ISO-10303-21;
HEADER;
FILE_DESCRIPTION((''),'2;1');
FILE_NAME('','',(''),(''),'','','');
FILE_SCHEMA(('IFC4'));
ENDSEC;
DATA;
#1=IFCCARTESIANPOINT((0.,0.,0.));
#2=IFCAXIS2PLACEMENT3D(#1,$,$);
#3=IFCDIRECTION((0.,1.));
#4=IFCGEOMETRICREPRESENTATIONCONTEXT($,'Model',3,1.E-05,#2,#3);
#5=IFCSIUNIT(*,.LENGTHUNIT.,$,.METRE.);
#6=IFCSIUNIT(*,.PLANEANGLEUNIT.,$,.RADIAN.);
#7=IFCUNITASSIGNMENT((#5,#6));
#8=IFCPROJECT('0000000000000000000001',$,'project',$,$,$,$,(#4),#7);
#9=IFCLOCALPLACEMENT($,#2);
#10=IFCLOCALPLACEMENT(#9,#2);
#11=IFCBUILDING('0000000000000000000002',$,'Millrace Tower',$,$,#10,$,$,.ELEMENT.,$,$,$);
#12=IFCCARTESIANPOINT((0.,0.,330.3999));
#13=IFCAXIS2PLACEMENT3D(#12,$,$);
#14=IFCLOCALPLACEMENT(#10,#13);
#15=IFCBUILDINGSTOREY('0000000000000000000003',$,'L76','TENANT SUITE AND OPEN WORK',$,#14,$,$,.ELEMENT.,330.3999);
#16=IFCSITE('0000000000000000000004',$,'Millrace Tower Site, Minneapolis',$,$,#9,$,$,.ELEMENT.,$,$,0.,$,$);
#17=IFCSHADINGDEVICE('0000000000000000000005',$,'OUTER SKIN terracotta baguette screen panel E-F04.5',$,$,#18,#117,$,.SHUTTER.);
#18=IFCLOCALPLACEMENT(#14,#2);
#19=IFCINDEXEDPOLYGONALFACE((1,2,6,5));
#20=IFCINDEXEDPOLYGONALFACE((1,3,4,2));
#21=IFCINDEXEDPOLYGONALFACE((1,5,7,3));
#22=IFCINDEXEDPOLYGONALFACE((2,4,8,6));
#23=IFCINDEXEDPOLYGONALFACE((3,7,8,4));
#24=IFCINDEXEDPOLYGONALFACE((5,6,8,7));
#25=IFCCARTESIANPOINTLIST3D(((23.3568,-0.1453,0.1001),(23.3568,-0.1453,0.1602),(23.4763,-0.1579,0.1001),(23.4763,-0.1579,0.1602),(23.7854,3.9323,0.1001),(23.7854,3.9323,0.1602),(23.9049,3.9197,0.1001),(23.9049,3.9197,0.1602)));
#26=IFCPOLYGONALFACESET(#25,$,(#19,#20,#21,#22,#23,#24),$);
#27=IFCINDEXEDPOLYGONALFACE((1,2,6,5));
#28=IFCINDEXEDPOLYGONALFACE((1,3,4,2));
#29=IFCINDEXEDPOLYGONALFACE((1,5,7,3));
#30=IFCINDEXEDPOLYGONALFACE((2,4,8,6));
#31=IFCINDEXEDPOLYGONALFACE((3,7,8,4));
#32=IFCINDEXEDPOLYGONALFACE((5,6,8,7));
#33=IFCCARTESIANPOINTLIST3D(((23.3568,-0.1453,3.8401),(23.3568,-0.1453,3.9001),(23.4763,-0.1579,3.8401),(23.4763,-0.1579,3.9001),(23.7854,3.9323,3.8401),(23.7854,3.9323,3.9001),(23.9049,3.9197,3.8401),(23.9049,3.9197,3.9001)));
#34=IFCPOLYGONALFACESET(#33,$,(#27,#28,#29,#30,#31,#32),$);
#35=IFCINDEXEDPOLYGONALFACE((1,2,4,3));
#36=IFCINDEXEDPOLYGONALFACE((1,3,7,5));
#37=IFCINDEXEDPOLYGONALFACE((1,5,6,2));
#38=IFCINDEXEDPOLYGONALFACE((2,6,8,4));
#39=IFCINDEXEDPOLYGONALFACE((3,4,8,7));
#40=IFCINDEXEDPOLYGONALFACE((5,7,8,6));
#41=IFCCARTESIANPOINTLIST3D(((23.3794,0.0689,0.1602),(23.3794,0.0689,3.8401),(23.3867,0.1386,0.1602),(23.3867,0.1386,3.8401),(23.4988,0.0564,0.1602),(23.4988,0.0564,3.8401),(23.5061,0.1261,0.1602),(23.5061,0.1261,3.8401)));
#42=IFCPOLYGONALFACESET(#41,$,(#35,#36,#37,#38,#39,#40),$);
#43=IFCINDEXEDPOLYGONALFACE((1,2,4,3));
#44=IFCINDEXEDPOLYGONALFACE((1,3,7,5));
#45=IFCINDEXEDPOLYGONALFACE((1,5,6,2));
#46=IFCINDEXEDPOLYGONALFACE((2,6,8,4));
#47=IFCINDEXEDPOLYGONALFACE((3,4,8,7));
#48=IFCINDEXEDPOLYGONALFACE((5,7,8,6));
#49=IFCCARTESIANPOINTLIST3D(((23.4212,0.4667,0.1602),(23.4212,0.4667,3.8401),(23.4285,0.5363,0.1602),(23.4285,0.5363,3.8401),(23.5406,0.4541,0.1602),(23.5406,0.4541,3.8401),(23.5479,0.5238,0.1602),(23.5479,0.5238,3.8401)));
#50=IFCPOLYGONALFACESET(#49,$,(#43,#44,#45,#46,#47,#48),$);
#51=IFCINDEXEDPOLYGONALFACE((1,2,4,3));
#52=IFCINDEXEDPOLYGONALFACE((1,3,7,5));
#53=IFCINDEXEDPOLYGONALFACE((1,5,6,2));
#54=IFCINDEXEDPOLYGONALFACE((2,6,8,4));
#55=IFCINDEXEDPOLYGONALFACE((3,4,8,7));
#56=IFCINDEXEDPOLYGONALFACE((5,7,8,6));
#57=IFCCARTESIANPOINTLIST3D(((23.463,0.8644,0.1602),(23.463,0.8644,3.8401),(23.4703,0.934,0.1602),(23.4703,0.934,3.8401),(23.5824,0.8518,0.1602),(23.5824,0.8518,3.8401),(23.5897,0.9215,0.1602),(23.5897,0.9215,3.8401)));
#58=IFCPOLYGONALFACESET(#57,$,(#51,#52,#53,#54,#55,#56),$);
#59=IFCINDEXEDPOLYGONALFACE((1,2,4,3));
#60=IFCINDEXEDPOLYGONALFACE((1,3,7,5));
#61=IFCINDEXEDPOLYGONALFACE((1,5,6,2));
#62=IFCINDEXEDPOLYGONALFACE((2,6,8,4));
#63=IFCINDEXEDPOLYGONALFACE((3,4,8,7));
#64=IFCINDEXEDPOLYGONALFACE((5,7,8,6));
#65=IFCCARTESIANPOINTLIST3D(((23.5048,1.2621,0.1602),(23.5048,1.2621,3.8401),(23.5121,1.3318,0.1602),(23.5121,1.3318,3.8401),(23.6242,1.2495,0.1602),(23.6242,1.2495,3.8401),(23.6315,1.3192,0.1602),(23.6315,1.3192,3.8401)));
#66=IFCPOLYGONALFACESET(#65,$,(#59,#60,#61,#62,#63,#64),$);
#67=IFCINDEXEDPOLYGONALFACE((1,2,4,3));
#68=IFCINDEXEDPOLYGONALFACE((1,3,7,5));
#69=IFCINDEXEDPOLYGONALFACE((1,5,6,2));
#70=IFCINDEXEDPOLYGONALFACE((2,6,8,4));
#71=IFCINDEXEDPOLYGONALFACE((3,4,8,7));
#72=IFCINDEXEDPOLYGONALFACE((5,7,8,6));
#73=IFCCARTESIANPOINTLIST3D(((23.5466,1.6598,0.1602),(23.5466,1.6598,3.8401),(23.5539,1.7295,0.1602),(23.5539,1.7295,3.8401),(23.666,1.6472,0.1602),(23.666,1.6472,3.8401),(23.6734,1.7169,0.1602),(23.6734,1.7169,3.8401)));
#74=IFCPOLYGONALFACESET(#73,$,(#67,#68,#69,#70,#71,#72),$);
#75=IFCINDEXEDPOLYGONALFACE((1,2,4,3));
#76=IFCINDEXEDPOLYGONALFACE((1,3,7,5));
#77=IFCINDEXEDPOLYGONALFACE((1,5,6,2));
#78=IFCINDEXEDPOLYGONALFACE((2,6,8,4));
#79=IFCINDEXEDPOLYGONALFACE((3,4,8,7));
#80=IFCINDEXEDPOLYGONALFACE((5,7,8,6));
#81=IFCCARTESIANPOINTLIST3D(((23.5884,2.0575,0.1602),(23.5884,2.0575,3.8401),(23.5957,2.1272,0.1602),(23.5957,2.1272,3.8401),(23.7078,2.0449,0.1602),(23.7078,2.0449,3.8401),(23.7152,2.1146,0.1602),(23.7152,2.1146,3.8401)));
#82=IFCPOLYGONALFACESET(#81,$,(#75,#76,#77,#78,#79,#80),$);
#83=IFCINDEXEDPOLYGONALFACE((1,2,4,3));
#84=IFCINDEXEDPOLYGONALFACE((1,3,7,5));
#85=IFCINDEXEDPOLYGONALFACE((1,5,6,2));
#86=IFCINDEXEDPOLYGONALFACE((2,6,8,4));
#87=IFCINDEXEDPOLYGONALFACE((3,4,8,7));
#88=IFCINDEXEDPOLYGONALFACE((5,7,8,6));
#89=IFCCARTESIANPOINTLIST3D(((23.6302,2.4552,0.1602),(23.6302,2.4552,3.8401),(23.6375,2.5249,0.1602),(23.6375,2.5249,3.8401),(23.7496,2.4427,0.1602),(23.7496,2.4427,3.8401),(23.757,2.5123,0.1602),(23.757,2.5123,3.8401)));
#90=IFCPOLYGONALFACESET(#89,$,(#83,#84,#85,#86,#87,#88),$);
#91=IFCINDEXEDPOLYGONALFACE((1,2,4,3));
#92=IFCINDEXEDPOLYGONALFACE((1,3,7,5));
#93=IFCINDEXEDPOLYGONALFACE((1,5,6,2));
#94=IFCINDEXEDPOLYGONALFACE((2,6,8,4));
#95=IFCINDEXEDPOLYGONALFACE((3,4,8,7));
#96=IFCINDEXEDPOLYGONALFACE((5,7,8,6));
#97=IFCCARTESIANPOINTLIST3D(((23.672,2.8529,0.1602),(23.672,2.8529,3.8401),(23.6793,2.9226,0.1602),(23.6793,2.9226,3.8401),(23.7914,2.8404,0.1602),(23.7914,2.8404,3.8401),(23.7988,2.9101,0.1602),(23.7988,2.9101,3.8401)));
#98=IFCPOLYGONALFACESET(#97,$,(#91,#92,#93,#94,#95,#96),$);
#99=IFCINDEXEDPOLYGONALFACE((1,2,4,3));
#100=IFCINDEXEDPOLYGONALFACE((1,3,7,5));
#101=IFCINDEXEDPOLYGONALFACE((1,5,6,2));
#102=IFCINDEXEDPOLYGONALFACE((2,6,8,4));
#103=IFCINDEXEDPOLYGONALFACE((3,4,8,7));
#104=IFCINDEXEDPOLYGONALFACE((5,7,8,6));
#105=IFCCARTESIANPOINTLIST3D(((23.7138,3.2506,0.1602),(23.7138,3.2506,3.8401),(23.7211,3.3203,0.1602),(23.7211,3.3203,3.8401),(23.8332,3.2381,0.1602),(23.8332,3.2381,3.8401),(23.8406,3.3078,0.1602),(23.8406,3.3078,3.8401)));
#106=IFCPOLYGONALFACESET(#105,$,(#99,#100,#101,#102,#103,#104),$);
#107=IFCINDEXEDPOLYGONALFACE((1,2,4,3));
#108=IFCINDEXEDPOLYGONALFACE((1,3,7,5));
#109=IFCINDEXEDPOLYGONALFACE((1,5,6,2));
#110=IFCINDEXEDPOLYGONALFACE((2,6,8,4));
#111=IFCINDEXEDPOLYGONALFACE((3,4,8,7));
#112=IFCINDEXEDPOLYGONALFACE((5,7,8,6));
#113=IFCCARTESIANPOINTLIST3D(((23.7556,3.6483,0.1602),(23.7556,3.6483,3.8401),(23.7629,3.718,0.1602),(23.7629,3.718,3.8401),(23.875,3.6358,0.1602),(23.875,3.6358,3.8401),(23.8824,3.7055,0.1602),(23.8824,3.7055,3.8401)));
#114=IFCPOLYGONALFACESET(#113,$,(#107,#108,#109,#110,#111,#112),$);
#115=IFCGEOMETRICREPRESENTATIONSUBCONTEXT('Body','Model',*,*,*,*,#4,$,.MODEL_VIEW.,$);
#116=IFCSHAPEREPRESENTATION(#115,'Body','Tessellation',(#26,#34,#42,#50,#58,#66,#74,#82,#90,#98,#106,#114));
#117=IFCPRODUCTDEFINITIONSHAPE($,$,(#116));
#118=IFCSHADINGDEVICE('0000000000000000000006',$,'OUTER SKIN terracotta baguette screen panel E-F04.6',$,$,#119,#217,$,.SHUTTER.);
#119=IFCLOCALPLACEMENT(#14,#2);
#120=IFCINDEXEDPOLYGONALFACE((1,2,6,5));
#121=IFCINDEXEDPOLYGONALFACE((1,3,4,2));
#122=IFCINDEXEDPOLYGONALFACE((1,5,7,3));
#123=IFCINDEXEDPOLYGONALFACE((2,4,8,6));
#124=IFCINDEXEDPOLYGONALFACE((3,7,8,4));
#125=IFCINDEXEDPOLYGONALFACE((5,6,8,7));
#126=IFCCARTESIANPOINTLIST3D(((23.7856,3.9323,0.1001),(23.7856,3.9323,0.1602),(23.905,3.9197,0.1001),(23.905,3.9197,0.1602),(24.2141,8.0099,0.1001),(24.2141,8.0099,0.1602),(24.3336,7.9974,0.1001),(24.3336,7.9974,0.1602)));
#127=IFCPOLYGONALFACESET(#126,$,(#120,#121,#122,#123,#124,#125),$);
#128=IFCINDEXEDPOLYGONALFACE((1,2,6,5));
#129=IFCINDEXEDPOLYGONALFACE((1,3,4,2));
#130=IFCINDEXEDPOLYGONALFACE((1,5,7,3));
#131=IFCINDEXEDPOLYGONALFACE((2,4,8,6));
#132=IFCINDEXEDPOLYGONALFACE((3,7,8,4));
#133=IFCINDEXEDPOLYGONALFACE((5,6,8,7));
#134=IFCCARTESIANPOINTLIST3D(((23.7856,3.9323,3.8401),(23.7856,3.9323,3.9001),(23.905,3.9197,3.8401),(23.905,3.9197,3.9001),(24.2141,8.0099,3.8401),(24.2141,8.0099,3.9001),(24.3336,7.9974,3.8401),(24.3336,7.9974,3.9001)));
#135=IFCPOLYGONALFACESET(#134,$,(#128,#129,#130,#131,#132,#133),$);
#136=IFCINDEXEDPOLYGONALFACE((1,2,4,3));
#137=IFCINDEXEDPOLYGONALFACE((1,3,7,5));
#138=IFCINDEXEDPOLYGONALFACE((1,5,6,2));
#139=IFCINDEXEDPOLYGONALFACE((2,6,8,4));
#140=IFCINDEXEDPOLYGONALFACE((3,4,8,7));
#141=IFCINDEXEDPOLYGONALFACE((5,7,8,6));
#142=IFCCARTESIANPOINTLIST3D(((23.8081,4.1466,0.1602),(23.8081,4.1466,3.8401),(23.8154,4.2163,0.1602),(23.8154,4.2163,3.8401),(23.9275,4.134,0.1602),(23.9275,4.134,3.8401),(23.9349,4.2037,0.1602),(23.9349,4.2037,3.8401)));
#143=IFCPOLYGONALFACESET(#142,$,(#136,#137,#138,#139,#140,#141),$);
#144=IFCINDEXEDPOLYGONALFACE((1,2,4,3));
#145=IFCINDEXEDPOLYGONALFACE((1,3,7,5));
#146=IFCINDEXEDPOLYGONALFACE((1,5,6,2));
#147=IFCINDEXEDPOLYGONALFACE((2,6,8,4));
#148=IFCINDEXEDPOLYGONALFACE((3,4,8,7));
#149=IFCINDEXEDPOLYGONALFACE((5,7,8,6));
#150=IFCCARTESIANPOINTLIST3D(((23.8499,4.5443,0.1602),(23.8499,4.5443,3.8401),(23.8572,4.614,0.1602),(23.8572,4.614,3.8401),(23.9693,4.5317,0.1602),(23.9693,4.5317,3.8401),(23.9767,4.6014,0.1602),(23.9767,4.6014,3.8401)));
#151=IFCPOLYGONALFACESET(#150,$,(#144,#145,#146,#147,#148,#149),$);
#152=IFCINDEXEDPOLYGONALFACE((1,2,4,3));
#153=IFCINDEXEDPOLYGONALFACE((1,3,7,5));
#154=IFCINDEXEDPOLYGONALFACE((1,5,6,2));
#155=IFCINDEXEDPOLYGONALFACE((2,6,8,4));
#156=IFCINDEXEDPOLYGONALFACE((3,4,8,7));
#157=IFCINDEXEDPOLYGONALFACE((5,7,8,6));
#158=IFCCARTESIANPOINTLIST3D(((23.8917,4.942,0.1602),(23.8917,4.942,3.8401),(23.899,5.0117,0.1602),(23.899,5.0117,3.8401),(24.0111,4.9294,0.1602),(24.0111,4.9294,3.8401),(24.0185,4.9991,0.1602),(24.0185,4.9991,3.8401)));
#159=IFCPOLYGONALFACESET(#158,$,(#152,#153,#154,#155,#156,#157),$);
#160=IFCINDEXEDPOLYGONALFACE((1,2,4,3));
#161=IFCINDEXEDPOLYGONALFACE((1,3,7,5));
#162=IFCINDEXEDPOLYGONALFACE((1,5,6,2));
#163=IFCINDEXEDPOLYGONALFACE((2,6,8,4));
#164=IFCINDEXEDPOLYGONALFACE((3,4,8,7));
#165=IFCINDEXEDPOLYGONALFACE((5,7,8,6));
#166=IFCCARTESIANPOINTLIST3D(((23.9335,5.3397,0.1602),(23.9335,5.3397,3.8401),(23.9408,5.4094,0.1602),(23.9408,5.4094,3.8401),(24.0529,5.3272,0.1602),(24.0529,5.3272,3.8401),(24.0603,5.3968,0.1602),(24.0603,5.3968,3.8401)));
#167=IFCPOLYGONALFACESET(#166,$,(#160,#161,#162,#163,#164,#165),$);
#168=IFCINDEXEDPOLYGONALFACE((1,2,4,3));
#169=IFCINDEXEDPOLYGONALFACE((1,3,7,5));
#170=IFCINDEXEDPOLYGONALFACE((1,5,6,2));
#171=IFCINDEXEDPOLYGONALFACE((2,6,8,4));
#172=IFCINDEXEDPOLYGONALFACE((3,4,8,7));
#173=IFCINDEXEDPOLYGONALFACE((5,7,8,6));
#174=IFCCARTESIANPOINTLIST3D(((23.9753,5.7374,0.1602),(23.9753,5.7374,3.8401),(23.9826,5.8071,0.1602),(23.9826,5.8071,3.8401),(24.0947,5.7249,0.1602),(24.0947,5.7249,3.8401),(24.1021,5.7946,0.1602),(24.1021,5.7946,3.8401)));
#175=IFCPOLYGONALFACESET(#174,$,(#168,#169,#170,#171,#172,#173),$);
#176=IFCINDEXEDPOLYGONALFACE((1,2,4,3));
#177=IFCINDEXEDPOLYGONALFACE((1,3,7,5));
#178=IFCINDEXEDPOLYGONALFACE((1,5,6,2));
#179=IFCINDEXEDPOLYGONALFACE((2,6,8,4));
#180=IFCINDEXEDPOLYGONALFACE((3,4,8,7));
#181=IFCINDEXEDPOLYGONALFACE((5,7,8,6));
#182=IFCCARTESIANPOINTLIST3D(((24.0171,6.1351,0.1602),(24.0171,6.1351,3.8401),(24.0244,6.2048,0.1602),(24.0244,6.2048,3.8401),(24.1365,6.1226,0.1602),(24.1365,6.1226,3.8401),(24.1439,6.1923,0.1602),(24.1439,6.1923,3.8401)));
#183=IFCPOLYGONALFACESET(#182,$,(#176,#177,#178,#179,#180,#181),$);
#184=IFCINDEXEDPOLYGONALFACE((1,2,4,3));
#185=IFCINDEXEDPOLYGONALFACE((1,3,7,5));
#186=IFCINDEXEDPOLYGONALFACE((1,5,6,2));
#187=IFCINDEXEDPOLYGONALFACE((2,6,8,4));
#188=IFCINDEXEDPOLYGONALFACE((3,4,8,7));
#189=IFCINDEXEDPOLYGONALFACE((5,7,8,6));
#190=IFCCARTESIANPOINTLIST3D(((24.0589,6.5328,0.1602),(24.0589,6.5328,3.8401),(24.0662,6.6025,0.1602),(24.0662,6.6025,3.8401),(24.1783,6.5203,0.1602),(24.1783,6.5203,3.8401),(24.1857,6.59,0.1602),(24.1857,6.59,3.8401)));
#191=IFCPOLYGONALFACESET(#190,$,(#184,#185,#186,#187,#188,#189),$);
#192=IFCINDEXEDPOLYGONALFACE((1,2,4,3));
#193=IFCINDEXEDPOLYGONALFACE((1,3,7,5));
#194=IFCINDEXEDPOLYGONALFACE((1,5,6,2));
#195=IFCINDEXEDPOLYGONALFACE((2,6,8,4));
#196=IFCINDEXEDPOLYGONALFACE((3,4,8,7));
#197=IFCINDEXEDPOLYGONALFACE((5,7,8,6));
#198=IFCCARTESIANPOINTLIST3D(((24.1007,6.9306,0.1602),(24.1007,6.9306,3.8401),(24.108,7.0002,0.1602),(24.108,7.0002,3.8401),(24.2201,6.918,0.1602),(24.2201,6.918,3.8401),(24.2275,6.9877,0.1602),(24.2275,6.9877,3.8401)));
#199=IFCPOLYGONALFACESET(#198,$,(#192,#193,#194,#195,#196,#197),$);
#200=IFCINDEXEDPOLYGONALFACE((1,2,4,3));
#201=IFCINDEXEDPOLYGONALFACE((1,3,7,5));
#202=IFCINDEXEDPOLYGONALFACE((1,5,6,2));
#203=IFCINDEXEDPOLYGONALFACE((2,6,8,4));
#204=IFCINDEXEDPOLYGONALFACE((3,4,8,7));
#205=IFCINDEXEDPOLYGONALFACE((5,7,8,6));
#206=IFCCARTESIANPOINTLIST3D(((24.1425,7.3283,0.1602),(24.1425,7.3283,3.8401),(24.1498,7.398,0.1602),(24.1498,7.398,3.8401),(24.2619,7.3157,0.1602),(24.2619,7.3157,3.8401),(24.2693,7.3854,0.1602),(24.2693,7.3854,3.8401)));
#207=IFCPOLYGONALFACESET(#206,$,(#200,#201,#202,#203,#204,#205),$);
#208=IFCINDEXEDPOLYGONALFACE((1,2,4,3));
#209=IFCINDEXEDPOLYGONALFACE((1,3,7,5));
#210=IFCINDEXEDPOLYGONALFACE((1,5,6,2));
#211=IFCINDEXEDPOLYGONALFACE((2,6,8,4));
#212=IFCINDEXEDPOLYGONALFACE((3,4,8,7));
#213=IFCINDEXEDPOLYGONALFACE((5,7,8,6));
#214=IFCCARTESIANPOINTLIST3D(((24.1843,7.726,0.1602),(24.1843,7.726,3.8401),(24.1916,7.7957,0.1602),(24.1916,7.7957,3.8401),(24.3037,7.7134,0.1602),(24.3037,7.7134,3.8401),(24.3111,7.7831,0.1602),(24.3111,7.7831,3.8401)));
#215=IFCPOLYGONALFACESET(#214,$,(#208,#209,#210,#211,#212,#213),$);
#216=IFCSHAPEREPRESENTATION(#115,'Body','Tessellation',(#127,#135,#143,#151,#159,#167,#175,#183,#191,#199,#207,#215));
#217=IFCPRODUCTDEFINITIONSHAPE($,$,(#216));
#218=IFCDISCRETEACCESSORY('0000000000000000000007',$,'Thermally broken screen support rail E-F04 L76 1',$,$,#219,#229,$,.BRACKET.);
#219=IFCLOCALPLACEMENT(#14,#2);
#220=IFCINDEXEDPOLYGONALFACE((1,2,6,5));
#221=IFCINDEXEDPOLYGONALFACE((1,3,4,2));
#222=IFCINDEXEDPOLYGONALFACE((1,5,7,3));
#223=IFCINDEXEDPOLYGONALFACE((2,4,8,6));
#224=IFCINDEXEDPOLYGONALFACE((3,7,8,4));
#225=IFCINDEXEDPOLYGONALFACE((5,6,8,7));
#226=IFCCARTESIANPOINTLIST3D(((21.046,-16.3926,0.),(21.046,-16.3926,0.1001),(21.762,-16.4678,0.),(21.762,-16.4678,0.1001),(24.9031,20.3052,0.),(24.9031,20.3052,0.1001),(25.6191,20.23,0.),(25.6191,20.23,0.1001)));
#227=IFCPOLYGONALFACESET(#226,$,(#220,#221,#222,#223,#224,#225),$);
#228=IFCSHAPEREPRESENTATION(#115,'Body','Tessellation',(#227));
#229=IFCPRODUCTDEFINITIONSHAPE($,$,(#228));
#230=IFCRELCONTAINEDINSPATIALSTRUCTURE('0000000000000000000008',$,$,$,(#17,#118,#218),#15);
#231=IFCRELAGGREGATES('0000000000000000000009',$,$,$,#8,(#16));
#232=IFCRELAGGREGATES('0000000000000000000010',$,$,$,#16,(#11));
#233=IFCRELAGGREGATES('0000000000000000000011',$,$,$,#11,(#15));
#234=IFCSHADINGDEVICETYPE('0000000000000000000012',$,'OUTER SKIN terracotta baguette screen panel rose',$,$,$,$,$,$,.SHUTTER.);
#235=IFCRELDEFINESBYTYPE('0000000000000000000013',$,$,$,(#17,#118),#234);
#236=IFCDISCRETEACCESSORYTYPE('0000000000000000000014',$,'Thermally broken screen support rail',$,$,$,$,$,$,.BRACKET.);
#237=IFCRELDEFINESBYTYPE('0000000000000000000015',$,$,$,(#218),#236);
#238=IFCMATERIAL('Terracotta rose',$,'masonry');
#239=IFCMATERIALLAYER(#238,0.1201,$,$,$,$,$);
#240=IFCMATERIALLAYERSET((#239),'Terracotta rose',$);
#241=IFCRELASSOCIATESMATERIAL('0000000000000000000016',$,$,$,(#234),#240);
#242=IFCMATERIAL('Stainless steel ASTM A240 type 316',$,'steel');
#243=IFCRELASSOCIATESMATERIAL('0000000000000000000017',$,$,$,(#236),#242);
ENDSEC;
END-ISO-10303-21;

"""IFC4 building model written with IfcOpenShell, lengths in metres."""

from ifc_helpers import new_model, entity, si_unit, direction, frame, frame_2d, origin, origin_2d, place, context, subcontext, project, spatial, rectangle, extrude, source, transform, mapped, material, layer, layer_set, type_object, element, save


model = new_model("IFC4")

# Units and contexts
model_context = context("Model", 3, precision=1e-05, world=origin(), true_north=direction((0.0, 1.0)))
body_context = subcontext(model_context, "Body", "Model", "MODEL_VIEW")
ifc_project = project(units=[si_unit("LENGTHUNIT", "METRE"), si_unit("PLANEANGLEUNIT", "RADIAN")], contexts=[model_context])

# Site, building, storey
site_placement = place(None, origin())
site = spatial("IfcSite", under=ifc_project, at=site_placement, Name="Millrace Tower Site, Minneapolis", CompositionType="ELEMENT", RefElevation=0.0)
building_placement = place(site_placement, origin())
building = spatial("IfcBuilding", under=site, at=building_placement, Name="Millrace Tower", CompositionType="ELEMENT")
storey_placement = place(building_placement, frame((0.0, 0.0, 330.3999)))
storey = spatial("IfcBuildingStorey", under=building, at=storey_placement, Name="L76", Description="TENANT SUITE AND OPEN WORK", CompositionType="ELEMENT", Elevation=330.3999)

# Shading devices
ifc_material_1 = material(Name="Terracotta rose", Category="masonry")
ifc_layer_1 = layer(ifc_material_1, 0.1201)
ifc_layer_set_1 = layer_set([ifc_layer_1], Name="Terracotta rose")
shading_device_type = type_object("IfcShadingDeviceType", Name="OUTER SKIN terracotta baguette screen panel rose", PredefinedType="SHUTTER", material=ifc_layer_set_1)
cartesian_point = entity("IfcCartesianPoint", [-2.05, 0.0601])
shared_polyline = entity("IfcPolyline", [cartesian_point, entity("IfcCartesianPoint", [2.05, 0.0601]), entity("IfcCartesianPoint", [2.05, -0.0601]), entity("IfcCartesianPoint", [-2.05, -0.0601]), cartesian_point])
shared_shape = source(origin(), body_context, "Body", "SweptSolid", [
    entity("IfcExtrudedAreaSolid", entity("IfcArbitraryClosedProfileDef", "AREA", None, shared_polyline), entity("IfcAxis2Placement3D", entity("IfcCartesianPoint", [0.0, 0.0, 0.0])), entity("IfcDirection", [0.0, 0.0, 1.0]), 0.0601),
    entity("IfcExtrudedAreaSolid", entity("IfcArbitraryClosedProfileDef", "AREA", None, shared_polyline), entity("IfcAxis2Placement3D", entity("IfcCartesianPoint", [0.0, 0.0, 3.74])), entity("IfcDirection", [0.0, 0.0, 1.0]), 0.0601),
    extrude(rectangle(XDim=0.0701, YDim=0.1201, at=frame_2d((-1.7996, 0.0))), frame((0.0, 0.0, 0.0601)), (0.0, 0.0, 1.0), 3.6799),
    extrude(rectangle(XDim=0.0701, YDim=0.1201, at=frame_2d((-1.3997, 0.0))), frame((0.0, 0.0, 0.0601)), (0.0, 0.0, 1.0), 3.6799),
    extrude(rectangle(XDim=0.0701, YDim=0.1201, at=frame_2d((-0.9998, 0.0))), frame((0.0, 0.0, 0.0601)), (0.0, 0.0, 1.0), 3.6799),
    extrude(rectangle(XDim=0.0701, YDim=0.1201, at=frame_2d((-0.5999, 0.0))), frame((0.0, 0.0, 0.0601)), (0.0, 0.0, 1.0), 3.6799),
    extrude(rectangle(XDim=0.0701, YDim=0.1201, at=frame_2d((-0.2, 0.0))), frame((0.0, 0.0, 0.0601)), (0.0, 0.0, 1.0), 3.6799),
    extrude(rectangle(XDim=0.0701, YDim=0.1201, at=frame_2d((0.2, 0.0))), frame((0.0, 0.0, 0.0601)), (0.0, 0.0, 1.0), 3.6799),
    extrude(rectangle(XDim=0.0701, YDim=0.1201, at=frame_2d((0.5999, 0.0))), frame((0.0, 0.0, 0.0601)), (0.0, 0.0, 1.0), 3.6799),
    extrude(rectangle(XDim=0.0701, YDim=0.1201, at=frame_2d((0.9998, 0.0))), frame((0.0, 0.0, 0.0601)), (0.0, 0.0, 1.0), 3.6799),
    extrude(rectangle(XDim=0.0701, YDim=0.1201, at=frame_2d((1.3997, 0.0))), frame((0.0, 0.0, 0.0601)), (0.0, 0.0, 1.0), 3.6799),
    extrude(rectangle(XDim=0.0701, YDim=0.1201, at=frame_2d((1.7996, 0.0))), frame((0.0, 0.0, 0.0601)), (0.0, 0.0, 1.0), 3.6799),
])
for number, where, z_axis, x_axis, name in (
    (1, (23.6309, 1.8872, 0.1001), (0.0, 0.0, 1.0), (0.104528, 0.994522, 0.0), "OUTER SKIN terracotta baguette screen panel E-F04.5"),
    (2, (24.0596, 5.9648, 0.1001), (0.0, 0.0, 1.0), (0.104528, 0.994522, 0.0), "OUTER SKIN terracotta baguette screen panel E-F04.6"),
):
    element("IfcShadingDevice", number, at=place(storey_placement, frame(where, z_axis=z_axis, x_axis=x_axis)), inside=storey, type_object=shading_device_type, Name=name, PredefinedType="SHUTTER", context=body_context, shape_type="MappedRepresentation", body=[
        mapped(shared_shape, transform((0.0, 0.0, 0.0), scale=1.0)),
    ])

# Discrete accessory
ifc_material_2 = material(Name="Stainless steel ASTM A240 type 316", Category="steel")
discrete_accessory_type = type_object("IfcDiscreteAccessoryType", Name="Thermally broken screen support rail", PredefinedType="BRACKET", material=ifc_material_2)
discrete_accessory_placement = place(storey_placement, frame((23.3325, 1.9187, 0.0), z_axis=(0.0, 0.0, 1.0), x_axis=(0.104528, 0.994522, 0.0)))
element("IfcDiscreteAccessory", 3, at=discrete_accessory_placement, inside=storey, type_object=discrete_accessory_type, Name="Thermally broken screen support rail E-F04 L76 1", PredefinedType="BRACKET", context=body_context, shape_type="SweptSolid", body=[
    extrude(rectangle(XDim=36.8999, YDim=0.72, at=origin_2d()), origin(), (0.0, 0.0, 1.0), 0.1001),
])

save(model, "model.ifc")
